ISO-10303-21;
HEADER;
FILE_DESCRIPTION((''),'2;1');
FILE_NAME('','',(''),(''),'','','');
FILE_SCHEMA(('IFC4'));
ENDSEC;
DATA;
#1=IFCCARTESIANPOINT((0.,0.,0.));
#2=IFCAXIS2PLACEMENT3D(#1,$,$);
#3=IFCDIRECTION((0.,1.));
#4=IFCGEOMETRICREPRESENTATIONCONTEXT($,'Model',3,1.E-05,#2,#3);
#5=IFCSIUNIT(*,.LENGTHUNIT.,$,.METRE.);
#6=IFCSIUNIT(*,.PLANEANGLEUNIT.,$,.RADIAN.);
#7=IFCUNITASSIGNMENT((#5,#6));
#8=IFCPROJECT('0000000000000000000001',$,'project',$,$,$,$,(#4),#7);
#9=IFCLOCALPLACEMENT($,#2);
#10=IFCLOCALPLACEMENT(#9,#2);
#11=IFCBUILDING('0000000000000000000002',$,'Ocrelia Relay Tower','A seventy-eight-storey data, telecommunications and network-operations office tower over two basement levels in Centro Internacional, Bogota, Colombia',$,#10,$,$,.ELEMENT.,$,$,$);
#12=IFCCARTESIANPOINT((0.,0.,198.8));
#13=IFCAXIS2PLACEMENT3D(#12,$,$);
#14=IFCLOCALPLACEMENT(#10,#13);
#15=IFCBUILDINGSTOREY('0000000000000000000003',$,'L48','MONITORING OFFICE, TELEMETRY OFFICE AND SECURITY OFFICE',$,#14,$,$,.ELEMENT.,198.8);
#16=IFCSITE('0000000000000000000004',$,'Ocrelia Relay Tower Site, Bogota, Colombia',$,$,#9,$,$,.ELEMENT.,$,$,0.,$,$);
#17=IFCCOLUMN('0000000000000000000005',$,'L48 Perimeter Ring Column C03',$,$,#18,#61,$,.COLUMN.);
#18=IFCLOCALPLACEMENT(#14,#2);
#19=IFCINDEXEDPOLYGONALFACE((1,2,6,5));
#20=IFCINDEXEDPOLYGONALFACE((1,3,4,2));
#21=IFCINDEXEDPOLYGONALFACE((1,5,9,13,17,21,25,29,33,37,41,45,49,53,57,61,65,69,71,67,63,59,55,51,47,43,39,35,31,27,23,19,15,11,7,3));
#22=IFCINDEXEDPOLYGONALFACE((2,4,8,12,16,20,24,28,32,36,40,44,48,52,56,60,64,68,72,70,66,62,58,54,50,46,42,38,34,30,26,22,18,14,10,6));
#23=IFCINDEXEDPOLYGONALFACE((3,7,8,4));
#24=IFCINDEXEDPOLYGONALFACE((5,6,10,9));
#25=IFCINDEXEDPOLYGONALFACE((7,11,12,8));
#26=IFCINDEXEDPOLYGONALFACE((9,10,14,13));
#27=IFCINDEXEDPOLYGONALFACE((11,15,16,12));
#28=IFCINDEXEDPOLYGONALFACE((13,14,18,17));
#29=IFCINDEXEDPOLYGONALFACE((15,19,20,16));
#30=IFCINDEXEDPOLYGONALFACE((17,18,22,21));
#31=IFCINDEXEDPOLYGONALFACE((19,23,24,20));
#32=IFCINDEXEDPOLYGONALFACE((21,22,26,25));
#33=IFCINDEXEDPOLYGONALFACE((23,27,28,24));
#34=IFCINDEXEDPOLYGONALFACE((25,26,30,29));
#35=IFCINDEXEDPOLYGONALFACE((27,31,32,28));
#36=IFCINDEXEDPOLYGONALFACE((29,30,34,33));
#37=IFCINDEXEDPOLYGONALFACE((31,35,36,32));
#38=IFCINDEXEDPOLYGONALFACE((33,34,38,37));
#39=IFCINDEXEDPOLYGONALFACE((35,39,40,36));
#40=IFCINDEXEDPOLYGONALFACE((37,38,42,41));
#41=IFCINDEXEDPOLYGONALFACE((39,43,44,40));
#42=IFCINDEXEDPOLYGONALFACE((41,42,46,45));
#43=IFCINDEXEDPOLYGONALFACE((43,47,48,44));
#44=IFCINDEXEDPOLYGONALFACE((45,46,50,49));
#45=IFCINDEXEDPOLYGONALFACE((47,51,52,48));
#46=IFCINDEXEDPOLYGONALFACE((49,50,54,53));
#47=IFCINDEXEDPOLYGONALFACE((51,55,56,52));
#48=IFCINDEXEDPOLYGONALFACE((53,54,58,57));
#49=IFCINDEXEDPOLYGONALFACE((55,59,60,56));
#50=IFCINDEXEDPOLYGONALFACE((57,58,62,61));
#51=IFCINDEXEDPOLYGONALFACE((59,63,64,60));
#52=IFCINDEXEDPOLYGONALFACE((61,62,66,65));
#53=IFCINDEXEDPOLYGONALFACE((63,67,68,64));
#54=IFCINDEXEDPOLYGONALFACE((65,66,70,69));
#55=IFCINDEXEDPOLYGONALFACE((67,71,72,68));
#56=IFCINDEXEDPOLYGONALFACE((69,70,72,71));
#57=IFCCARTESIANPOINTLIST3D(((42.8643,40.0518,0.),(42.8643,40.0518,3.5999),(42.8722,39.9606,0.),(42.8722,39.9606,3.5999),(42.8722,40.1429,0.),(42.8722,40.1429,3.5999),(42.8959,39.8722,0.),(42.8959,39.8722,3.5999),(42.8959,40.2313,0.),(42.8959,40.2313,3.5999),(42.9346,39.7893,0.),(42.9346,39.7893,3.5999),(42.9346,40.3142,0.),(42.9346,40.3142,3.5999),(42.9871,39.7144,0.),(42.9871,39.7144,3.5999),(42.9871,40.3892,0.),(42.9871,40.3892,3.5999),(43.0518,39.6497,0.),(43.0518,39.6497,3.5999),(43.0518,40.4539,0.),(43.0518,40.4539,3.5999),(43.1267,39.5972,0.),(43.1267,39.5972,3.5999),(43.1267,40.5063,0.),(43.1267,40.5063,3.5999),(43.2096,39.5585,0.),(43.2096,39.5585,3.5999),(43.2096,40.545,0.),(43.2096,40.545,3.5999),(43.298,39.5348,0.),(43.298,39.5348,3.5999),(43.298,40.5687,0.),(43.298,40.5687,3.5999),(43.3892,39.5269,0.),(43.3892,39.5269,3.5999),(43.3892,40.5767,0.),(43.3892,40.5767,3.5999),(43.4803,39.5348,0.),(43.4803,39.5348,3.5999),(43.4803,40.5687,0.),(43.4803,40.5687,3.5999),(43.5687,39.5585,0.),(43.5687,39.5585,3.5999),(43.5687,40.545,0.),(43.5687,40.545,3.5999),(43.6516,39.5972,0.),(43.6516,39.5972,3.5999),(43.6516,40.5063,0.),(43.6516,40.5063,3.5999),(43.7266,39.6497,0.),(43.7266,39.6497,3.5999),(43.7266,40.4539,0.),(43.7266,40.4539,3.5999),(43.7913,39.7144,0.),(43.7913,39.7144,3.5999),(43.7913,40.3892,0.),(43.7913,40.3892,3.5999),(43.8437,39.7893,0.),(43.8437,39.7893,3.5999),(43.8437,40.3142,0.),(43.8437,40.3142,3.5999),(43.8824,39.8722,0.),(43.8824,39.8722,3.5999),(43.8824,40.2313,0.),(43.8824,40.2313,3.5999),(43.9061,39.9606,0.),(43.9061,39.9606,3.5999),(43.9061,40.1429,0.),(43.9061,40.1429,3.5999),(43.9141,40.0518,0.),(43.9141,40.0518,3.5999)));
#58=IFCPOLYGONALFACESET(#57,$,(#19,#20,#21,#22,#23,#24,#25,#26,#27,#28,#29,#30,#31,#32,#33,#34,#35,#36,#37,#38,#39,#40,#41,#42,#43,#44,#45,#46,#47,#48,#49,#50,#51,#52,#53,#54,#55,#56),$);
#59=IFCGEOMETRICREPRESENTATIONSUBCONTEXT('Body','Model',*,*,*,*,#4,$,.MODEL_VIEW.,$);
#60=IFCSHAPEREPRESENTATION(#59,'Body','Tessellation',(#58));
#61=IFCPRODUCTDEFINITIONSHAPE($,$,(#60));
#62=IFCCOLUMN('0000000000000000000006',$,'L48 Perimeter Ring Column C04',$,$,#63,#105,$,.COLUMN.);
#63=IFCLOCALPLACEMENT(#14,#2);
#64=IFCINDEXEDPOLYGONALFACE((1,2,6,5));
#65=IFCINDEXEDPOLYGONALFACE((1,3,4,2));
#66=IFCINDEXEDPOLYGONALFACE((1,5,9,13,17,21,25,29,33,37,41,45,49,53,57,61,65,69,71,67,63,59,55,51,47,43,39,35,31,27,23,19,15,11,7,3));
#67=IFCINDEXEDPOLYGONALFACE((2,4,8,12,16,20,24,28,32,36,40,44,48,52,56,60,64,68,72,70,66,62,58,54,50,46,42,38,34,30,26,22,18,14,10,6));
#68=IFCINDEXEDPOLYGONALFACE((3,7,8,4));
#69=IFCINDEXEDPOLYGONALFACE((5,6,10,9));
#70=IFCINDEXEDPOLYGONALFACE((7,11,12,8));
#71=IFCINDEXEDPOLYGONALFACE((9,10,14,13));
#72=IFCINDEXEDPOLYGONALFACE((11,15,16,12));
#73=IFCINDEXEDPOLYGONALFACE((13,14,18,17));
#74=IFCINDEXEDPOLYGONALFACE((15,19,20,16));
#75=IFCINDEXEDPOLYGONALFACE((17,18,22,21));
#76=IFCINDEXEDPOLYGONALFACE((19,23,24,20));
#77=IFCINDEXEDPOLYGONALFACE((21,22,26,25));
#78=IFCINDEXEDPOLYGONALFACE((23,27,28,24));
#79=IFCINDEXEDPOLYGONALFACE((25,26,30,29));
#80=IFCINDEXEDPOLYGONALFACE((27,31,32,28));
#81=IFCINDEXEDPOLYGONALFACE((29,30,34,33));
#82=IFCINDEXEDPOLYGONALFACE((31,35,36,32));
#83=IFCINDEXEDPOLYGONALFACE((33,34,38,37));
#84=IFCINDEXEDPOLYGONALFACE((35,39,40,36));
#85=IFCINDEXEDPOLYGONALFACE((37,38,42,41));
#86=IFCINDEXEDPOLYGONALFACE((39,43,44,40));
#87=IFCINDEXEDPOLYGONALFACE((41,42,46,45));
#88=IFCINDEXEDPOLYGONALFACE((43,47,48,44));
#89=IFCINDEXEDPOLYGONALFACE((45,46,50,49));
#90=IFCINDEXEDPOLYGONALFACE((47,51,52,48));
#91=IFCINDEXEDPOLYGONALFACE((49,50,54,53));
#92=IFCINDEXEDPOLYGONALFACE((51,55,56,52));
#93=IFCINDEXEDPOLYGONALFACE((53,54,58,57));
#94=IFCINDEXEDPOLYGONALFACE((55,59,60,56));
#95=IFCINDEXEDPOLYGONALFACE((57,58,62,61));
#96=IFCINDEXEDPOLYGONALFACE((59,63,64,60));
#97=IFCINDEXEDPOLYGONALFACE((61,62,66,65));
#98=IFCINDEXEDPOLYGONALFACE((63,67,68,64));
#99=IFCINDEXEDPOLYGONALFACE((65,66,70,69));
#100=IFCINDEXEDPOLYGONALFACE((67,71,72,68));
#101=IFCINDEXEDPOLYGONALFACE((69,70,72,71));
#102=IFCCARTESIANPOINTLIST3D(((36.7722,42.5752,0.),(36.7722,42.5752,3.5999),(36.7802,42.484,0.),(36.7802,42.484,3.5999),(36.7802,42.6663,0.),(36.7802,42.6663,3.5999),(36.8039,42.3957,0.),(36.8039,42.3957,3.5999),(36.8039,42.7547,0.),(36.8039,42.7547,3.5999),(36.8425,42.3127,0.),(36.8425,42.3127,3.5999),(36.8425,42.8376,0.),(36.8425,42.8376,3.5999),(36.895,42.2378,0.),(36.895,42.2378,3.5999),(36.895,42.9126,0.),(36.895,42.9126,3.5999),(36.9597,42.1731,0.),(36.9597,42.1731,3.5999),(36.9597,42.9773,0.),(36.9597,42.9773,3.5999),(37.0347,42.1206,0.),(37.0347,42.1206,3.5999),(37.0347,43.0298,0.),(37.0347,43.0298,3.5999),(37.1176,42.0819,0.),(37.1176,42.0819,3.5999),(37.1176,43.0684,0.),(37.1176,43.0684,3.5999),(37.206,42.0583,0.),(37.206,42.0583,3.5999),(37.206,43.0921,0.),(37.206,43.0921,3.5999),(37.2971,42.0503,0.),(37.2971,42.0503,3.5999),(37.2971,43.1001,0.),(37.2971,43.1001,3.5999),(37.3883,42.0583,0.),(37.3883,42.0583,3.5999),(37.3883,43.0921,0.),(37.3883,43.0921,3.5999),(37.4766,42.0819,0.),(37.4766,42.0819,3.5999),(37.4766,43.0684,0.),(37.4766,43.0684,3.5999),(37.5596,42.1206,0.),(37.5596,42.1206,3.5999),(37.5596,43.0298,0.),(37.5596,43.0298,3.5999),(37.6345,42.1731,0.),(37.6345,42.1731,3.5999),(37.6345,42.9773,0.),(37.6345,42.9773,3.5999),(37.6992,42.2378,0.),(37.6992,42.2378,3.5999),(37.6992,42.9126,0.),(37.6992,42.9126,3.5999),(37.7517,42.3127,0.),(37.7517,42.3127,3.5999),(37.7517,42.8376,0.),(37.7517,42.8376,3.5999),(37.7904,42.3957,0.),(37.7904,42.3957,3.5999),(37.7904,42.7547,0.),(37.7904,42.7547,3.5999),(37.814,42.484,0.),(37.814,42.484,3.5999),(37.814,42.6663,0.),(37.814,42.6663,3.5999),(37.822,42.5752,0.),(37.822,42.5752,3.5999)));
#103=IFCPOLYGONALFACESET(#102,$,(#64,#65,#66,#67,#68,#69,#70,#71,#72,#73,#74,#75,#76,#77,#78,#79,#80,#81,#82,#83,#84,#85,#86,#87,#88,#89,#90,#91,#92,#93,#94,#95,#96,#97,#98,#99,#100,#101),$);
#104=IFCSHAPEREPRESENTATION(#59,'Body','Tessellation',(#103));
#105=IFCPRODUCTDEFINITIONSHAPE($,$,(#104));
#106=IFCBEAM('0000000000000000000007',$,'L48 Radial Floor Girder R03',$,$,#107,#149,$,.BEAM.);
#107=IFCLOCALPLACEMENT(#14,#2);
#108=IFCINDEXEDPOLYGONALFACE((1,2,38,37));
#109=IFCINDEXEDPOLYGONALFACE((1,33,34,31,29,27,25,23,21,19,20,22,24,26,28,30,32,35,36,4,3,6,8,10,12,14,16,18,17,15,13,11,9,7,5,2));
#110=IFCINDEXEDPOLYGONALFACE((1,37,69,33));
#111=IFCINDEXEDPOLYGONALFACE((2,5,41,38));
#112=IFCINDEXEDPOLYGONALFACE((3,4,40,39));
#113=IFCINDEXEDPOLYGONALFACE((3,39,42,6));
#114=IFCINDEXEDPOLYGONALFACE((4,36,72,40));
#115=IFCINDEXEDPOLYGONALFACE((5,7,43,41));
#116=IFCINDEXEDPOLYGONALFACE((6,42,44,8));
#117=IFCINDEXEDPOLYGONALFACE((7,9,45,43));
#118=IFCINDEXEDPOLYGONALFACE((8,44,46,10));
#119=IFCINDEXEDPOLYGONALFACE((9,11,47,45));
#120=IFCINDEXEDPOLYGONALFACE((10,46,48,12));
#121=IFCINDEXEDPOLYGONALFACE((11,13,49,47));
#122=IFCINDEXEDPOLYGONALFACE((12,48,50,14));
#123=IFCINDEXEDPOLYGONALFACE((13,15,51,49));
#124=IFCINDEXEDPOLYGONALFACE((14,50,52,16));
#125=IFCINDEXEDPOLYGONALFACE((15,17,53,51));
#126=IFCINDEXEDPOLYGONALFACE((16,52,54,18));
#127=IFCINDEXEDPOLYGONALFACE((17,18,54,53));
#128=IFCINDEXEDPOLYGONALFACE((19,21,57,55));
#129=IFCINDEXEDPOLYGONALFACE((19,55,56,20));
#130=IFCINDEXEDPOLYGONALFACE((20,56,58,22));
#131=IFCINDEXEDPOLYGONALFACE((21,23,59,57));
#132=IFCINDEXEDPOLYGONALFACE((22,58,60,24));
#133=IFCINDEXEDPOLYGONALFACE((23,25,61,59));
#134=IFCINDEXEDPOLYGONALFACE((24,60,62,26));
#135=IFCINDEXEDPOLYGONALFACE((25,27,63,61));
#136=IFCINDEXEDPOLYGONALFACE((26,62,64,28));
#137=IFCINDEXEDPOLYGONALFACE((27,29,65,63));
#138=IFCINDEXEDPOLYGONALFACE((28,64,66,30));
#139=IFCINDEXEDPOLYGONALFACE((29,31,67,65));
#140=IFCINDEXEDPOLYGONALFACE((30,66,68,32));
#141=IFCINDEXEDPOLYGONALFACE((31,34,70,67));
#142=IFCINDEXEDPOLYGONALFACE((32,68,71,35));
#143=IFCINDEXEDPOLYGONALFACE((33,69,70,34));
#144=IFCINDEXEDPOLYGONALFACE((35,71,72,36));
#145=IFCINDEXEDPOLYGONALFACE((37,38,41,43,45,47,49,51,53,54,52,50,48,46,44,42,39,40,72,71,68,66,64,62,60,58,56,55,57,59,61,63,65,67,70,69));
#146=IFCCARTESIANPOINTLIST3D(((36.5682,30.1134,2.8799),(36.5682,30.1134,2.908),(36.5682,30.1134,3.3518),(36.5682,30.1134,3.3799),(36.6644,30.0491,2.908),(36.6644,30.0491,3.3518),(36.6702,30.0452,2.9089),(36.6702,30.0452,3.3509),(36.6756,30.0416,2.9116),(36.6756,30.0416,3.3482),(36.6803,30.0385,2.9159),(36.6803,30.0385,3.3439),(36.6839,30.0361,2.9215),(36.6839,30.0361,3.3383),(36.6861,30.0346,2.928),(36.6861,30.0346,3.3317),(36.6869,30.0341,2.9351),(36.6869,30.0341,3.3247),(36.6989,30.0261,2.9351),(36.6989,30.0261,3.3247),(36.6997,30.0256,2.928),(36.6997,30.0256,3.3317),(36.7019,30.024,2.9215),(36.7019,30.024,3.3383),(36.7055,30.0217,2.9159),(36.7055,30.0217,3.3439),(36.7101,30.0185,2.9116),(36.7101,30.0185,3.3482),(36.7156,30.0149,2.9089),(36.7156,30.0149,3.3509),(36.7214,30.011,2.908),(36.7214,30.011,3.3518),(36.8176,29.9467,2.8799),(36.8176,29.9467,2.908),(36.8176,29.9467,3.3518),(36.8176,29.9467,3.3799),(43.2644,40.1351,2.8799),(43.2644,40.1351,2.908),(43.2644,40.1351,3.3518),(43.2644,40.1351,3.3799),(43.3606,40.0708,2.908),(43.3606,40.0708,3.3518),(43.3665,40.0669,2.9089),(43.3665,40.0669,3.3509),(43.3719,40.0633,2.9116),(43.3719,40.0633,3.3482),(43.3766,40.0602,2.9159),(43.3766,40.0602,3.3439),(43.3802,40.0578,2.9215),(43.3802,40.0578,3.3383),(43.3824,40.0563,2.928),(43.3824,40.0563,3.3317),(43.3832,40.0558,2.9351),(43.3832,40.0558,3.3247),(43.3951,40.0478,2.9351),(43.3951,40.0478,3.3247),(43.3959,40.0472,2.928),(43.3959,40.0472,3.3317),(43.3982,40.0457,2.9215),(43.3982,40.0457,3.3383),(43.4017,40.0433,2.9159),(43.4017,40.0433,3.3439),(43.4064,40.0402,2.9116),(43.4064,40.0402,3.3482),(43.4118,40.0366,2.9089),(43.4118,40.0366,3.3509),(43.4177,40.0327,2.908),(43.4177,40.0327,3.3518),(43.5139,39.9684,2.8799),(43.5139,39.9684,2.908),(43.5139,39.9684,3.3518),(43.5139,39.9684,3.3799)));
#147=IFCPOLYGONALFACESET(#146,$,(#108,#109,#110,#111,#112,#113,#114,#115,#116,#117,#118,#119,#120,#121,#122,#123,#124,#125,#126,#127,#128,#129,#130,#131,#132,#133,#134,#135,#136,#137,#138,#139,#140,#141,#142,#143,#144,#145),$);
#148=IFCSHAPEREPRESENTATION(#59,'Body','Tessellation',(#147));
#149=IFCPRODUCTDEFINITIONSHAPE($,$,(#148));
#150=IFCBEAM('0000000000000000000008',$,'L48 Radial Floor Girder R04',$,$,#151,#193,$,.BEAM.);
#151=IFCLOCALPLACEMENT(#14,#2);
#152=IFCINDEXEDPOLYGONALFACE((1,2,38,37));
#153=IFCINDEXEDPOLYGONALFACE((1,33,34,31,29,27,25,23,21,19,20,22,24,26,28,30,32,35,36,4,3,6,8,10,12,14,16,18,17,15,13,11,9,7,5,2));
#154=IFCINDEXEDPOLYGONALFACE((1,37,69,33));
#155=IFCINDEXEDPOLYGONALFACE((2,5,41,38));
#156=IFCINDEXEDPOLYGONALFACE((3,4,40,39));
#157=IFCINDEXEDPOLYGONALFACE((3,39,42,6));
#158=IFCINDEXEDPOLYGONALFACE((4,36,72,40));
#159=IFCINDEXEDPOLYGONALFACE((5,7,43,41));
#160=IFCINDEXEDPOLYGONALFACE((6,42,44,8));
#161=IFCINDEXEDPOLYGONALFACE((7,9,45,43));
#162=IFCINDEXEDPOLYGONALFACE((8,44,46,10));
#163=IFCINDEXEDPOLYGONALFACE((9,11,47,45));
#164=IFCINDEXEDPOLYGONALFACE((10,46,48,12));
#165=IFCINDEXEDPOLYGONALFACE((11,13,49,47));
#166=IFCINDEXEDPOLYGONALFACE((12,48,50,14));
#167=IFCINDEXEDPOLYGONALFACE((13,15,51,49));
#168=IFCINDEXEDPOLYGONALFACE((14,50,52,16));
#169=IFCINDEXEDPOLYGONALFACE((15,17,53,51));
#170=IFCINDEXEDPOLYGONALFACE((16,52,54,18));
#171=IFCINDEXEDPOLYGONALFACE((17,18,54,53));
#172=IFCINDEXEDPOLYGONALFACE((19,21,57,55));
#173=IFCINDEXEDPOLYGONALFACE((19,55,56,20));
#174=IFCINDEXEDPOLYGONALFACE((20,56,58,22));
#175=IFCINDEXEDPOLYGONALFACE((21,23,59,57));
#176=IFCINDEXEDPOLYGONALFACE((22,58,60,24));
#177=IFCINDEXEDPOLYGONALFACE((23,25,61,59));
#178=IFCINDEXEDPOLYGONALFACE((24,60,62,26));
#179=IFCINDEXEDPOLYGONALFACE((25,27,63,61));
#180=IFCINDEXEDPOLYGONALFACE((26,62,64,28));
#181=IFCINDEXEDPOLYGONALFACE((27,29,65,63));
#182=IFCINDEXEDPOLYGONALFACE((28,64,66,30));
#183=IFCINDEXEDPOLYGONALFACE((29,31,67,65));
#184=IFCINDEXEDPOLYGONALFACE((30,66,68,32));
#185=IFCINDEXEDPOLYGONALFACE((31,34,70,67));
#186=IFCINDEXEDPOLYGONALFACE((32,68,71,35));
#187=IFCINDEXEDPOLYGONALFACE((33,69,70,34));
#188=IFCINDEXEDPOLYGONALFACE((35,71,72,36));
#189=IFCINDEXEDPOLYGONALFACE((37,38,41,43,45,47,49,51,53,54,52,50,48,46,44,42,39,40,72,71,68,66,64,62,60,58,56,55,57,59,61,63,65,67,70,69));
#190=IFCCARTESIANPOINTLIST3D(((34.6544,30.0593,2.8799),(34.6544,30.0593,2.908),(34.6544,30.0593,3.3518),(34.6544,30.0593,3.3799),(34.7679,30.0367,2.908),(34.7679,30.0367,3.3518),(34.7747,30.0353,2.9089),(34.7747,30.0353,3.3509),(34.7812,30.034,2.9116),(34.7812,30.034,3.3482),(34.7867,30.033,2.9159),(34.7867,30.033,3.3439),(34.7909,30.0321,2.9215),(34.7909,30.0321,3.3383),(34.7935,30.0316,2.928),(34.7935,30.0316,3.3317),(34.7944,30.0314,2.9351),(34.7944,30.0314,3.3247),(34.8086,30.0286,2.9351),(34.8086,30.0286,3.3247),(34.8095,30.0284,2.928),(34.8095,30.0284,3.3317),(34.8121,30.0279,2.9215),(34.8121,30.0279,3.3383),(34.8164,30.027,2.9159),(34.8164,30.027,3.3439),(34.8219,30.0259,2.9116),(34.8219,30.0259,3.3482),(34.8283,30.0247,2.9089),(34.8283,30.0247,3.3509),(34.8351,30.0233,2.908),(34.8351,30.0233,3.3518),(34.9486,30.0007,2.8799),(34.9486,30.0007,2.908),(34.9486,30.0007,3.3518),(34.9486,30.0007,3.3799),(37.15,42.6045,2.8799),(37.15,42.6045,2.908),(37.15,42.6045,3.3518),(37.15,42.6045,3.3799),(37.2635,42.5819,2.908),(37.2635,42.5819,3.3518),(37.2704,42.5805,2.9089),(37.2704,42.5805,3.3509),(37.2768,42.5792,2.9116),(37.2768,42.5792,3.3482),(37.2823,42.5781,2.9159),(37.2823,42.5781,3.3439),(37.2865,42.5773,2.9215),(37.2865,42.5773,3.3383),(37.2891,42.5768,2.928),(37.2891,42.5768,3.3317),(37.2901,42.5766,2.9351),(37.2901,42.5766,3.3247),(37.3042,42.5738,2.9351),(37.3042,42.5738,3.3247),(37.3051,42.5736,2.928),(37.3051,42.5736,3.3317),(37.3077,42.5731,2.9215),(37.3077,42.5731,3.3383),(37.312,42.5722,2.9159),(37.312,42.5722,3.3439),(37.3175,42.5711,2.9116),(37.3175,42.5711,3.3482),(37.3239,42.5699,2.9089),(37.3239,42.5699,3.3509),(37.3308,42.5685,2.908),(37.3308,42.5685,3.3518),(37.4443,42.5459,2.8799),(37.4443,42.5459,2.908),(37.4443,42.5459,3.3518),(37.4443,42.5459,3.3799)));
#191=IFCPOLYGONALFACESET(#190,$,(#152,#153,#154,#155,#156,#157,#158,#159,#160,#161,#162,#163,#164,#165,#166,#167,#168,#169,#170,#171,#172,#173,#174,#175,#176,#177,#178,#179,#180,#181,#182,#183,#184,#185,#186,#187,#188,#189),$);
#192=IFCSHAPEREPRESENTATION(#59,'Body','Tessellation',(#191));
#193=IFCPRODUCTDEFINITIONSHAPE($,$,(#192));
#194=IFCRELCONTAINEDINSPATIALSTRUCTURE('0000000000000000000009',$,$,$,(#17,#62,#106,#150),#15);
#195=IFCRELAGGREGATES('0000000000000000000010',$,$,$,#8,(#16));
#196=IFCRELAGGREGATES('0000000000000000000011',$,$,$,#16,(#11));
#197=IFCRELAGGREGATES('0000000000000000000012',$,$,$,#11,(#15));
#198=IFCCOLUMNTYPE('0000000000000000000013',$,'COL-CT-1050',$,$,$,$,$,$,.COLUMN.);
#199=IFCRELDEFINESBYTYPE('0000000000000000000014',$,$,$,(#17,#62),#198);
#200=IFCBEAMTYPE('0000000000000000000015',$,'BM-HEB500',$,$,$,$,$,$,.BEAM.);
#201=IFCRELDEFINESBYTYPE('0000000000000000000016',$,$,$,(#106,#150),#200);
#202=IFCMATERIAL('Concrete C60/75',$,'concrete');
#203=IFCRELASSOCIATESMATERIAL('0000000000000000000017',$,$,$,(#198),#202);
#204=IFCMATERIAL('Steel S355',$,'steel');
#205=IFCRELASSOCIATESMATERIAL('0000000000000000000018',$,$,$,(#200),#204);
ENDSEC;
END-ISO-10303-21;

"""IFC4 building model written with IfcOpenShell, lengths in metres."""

from ifc_helpers import new_model, si_unit, direction, frame, origin, origin_2d, place, context, subcontext, project, spatial, circle, i_section, extrude, material, material_profile, profile_set, type_object, element, save


model = new_model("IFC4")

# Units and contexts
model_context = context("Model", 3, precision=1e-05, world=origin(), true_north=direction((0.0, 1.0)))
body_context = subcontext(model_context, "Body", "Model", "MODEL_VIEW")
ifc_project = project(units=[si_unit("LENGTHUNIT", "METRE"), si_unit("PLANEANGLEUNIT", "RADIAN")], contexts=[model_context])

# Site, building, storey
site_placement = place(None, origin())
site = spatial("IfcSite", under=ifc_project, at=site_placement, Name="Ocrelia Relay Tower Site, Bogota, Colombia", CompositionType="ELEMENT", RefElevation=0.0)
building_placement = place(site_placement, origin())
building = spatial("IfcBuilding", under=site, at=building_placement, Name="Ocrelia Relay Tower", Description="A seventy-eight-storey data, telecommunications and network-operations office tower over two basement levels in Centro Internacional, Bogota, Colombia", CompositionType="ELEMENT")
storey_placement = place(building_placement, frame((0.0, 0.0, 198.8)))
storey = spatial("IfcBuildingStorey", under=building, at=storey_placement, Name="L48", Description="MONITORING OFFICE, TELEMETRY OFFICE AND SECURITY OFFICE", CompositionType="ELEMENT", Elevation=198.8)

# Columns
ifc_material_1 = material(Name="Concrete C60/75", Category="concrete")
ifc_material_profile_1 = material_profile(ifc_material_1, circle(Radius=0.5249, at=origin_2d()), Name="RC-CIR-1050")
ifc_profile_set_1 = profile_set([ifc_material_profile_1], Name="Concrete C60/75")
column_type = type_object("IfcColumnType", Name="COL-CT-1050", PredefinedType="COLUMN", material=ifc_profile_set_1)
for number, where, z_axis, x_axis, name in (
    (1, (43.3892, 40.0518, 0.0), (0.0, 0.0, 1.0), (1.0, 0.0, 0.0), "L48 Perimeter Ring Column C03"),
    (2, (37.2971, 42.5752, 0.0), (0.0, 0.0, 1.0), (1.0, 0.0, 0.0), "L48 Perimeter Ring Column C04"),
):
    element("IfcColumn", number, at=place(storey_placement, frame(where, z_axis=z_axis, x_axis=x_axis)), inside=storey, type_object=column_type, Name=name, PredefinedType="COLUMN", context=body_context, shape_type="SweptSolid", body=[
        extrude(circle(Radius=0.5249, at=origin_2d()), origin(), (0.0, 0.0, 1.0), 3.5999),
    ])

# Beams
ifc_material_2 = material(Name="Steel S355", Category="steel")
ifc_material_profile_2 = material_profile(ifc_material_2, i_section(OverallWidth=0.3, OverallDepth=0.5, WebThickness=0.0144, FlangeThickness=0.0281, FilletRadius=0.0271, at=origin_2d()), Name="HEB 500")
ifc_profile_set_2 = profile_set([ifc_material_profile_2], Name="Steel S355")
beam_type_1 = type_object("IfcBeamType", Name="BM-HEB500", PredefinedType="BEAM", material=ifc_profile_set_2)
beam_1_placement = place(storey_placement, frame((43.3892, 40.0518, 3.1299), z_axis=(-0.555569, -0.83147, 0.0), x_axis=(0.83147, -0.555569, 0.0)))
element("IfcBeam", 3, at=beam_1_placement, inside=storey, type_object=beam_type_1, Name="L48 Radial Floor Girder R03", PredefinedType="BEAM", context=body_context, shape_type="SweptSolid", body=[
    extrude(i_section(OverallWidth=0.3, OverallDepth=0.5, WebThickness=0.0144, FlangeThickness=0.0281, FilletRadius=0.0271, at=origin_2d()), origin(), (0.0, 0.0, 1.0), 12.053),
])
beam_2_placement = place(storey_placement, frame((37.2971, 42.5752, 3.1299), z_axis=(-0.195107, -0.980782, 0.0), x_axis=(0.980782, -0.195107, 0.0)))
element("IfcBeam", 4, at=beam_2_placement, inside=storey, type_object=beam_type_1, Name="L48 Radial Floor Girder R04", PredefinedType="BEAM", context=body_context, shape_type="SweptSolid", body=[
    extrude(i_section(OverallWidth=0.3, OverallDepth=0.5, WebThickness=0.0144, FlangeThickness=0.0281, FilletRadius=0.0271, at=origin_2d()), origin(), (0.0, 0.0, 1.0), 12.791),
])

save(model, "model.ifc")
